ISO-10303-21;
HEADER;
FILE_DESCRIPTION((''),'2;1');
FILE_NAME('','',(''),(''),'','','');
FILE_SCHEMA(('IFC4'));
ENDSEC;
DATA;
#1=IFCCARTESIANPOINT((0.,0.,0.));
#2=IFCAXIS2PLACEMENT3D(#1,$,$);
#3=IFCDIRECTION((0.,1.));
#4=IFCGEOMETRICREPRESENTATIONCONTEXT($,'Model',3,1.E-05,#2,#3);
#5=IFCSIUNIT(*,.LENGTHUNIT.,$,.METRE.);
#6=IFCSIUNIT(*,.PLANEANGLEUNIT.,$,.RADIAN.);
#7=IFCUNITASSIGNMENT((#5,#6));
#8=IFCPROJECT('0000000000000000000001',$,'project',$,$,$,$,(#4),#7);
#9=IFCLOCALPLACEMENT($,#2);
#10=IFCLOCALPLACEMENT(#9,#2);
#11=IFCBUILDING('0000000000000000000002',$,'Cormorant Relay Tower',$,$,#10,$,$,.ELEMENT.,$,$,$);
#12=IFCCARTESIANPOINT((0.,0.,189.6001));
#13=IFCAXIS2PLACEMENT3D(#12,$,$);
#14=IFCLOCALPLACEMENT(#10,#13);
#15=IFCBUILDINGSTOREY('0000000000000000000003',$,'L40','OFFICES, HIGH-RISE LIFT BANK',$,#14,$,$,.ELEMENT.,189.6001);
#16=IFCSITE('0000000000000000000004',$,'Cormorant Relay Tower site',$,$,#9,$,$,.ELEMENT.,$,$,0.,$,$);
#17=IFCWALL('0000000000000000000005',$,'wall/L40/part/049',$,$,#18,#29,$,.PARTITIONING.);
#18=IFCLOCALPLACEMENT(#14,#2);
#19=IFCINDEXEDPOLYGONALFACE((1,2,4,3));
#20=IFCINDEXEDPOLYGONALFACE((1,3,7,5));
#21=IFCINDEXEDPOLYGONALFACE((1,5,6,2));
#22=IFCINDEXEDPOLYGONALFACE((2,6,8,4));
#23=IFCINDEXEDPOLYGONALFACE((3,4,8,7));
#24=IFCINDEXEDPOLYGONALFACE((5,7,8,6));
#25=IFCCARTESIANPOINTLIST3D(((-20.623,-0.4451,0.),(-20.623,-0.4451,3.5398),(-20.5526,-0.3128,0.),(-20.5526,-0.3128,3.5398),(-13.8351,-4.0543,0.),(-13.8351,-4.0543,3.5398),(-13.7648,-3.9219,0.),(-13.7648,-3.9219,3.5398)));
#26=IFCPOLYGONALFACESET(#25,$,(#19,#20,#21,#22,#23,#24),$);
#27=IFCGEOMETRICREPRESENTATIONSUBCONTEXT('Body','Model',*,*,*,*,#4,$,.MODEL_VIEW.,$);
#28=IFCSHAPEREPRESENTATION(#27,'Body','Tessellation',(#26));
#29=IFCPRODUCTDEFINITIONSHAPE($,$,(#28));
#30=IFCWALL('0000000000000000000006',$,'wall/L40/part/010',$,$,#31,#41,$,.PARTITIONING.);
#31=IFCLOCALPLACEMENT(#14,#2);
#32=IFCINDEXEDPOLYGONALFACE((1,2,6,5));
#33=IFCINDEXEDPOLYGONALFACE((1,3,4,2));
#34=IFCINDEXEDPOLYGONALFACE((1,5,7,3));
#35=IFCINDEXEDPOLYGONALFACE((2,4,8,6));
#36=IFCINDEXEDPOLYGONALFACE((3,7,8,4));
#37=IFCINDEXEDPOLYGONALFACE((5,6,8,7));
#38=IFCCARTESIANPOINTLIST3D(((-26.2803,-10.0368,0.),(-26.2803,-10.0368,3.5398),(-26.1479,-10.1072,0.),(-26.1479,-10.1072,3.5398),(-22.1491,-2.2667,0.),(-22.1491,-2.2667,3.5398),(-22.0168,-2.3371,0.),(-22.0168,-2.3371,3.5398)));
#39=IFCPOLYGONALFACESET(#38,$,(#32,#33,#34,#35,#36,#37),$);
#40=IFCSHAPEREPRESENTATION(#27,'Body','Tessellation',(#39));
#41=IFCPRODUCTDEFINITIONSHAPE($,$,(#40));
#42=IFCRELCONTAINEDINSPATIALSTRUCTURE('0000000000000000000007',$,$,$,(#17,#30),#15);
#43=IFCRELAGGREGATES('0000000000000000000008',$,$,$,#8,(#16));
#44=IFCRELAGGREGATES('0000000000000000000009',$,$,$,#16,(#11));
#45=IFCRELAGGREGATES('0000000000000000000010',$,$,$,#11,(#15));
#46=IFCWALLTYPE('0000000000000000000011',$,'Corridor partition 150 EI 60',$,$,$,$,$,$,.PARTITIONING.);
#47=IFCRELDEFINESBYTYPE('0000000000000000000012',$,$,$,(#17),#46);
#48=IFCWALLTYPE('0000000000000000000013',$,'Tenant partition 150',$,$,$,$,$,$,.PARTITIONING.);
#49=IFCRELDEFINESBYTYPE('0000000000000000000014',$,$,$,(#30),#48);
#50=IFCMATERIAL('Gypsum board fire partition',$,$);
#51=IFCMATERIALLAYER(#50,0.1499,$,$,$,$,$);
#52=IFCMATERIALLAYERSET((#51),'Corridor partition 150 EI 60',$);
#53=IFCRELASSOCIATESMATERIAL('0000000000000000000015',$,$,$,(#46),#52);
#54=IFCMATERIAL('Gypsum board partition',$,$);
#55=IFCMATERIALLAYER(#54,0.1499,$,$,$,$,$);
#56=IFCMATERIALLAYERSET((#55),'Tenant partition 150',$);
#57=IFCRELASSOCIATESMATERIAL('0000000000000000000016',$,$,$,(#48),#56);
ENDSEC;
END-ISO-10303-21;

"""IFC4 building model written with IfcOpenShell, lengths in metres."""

from ifc_helpers import new_model, si_unit, direction, frame, frame_2d, origin, place, context, subcontext, project, spatial, rectangle, extrude, material, layer, layer_set, type_object, element, save


model = new_model("IFC4")

# Units and contexts
model_context = context("Model", 3, precision=1e-05, world=origin(), true_north=direction((0.0, 1.0)))
body_context = subcontext(model_context, "Body", "Model", "MODEL_VIEW")
ifc_project = project(units=[si_unit("LENGTHUNIT", "METRE"), si_unit("PLANEANGLEUNIT", "RADIAN")], contexts=[model_context])

# Site, building, storey
site_placement = place(None, origin())
site = spatial("IfcSite", under=ifc_project, at=site_placement, Name="Cormorant Relay Tower site", CompositionType="ELEMENT", RefElevation=0.0)
building_placement = place(site_placement, origin())
building = spatial("IfcBuilding", under=site, at=building_placement, Name="Cormorant Relay Tower", CompositionType="ELEMENT")
storey_placement = place(building_placement, frame((0.0, 0.0, 189.6001)))
storey = spatial("IfcBuildingStorey", under=building, at=storey_placement, Name="L40", Description="OFFICES, HIGH-RISE LIFT BANK", CompositionType="ELEMENT", Elevation=189.6001)

# Shared definitions
ifc_material_1 = material(Name="Gypsum board fire partition")
ifc_layer_1 = layer(ifc_material_1, 0.1499)
ifc_layer_set_1 = layer_set([ifc_layer_1], Name="Corridor partition 150 EI 60")
wall_type_1 = type_object("IfcWallType", Name="Corridor partition 150 EI 60", PredefinedType="PARTITIONING", material=ifc_layer_set_1)

# Walls
wall_1_placement = place(storey_placement, frame((-13.8, -3.988, 0.0), z_axis=(0.0, 0.0, 1.0), x_axis=(-0.882949, 0.469469, 0.0)))
element("IfcWall", 1, at=wall_1_placement, inside=storey, type_object=wall_type_1, Name="wall/L40/part/049", PredefinedType="PARTITIONING", context=body_context, shape_type="SweptSolid", body=[
    extrude(rectangle(XDim=7.6877, YDim=0.1499, at=frame_2d((3.8438, 0.0))), origin(), (0.0, 0.0, 1.0), 3.5398),
])
ifc_material_2 = material(Name="Gypsum board partition")
ifc_layer_2 = layer(ifc_material_2, 0.1499)
ifc_layer_set_2 = layer_set([ifc_layer_2], Name="Tenant partition 150")
wall_type_2 = type_object("IfcWallType", Name="Tenant partition 150", PredefinedType="PARTITIONING", material=ifc_layer_set_2)
wall_2_placement = place(storey_placement, frame((-22.083, -2.302, 0.0), z_axis=(0.0, 0.0, 1.0), x_axis=(-0.469446, -0.882961, 0.0)))
element("IfcWall", 2, at=wall_2_placement, inside=storey, type_object=wall_type_2, Name="wall/L40/part/010", PredefinedType="PARTITIONING", context=body_context, shape_type="SweptSolid", body=[
    extrude(rectangle(XDim=8.8, YDim=0.1499, at=frame_2d((4.3999, 0.0))), origin(), (0.0, 0.0, 1.0), 3.5398),
])

save(model, "model.ifc")
